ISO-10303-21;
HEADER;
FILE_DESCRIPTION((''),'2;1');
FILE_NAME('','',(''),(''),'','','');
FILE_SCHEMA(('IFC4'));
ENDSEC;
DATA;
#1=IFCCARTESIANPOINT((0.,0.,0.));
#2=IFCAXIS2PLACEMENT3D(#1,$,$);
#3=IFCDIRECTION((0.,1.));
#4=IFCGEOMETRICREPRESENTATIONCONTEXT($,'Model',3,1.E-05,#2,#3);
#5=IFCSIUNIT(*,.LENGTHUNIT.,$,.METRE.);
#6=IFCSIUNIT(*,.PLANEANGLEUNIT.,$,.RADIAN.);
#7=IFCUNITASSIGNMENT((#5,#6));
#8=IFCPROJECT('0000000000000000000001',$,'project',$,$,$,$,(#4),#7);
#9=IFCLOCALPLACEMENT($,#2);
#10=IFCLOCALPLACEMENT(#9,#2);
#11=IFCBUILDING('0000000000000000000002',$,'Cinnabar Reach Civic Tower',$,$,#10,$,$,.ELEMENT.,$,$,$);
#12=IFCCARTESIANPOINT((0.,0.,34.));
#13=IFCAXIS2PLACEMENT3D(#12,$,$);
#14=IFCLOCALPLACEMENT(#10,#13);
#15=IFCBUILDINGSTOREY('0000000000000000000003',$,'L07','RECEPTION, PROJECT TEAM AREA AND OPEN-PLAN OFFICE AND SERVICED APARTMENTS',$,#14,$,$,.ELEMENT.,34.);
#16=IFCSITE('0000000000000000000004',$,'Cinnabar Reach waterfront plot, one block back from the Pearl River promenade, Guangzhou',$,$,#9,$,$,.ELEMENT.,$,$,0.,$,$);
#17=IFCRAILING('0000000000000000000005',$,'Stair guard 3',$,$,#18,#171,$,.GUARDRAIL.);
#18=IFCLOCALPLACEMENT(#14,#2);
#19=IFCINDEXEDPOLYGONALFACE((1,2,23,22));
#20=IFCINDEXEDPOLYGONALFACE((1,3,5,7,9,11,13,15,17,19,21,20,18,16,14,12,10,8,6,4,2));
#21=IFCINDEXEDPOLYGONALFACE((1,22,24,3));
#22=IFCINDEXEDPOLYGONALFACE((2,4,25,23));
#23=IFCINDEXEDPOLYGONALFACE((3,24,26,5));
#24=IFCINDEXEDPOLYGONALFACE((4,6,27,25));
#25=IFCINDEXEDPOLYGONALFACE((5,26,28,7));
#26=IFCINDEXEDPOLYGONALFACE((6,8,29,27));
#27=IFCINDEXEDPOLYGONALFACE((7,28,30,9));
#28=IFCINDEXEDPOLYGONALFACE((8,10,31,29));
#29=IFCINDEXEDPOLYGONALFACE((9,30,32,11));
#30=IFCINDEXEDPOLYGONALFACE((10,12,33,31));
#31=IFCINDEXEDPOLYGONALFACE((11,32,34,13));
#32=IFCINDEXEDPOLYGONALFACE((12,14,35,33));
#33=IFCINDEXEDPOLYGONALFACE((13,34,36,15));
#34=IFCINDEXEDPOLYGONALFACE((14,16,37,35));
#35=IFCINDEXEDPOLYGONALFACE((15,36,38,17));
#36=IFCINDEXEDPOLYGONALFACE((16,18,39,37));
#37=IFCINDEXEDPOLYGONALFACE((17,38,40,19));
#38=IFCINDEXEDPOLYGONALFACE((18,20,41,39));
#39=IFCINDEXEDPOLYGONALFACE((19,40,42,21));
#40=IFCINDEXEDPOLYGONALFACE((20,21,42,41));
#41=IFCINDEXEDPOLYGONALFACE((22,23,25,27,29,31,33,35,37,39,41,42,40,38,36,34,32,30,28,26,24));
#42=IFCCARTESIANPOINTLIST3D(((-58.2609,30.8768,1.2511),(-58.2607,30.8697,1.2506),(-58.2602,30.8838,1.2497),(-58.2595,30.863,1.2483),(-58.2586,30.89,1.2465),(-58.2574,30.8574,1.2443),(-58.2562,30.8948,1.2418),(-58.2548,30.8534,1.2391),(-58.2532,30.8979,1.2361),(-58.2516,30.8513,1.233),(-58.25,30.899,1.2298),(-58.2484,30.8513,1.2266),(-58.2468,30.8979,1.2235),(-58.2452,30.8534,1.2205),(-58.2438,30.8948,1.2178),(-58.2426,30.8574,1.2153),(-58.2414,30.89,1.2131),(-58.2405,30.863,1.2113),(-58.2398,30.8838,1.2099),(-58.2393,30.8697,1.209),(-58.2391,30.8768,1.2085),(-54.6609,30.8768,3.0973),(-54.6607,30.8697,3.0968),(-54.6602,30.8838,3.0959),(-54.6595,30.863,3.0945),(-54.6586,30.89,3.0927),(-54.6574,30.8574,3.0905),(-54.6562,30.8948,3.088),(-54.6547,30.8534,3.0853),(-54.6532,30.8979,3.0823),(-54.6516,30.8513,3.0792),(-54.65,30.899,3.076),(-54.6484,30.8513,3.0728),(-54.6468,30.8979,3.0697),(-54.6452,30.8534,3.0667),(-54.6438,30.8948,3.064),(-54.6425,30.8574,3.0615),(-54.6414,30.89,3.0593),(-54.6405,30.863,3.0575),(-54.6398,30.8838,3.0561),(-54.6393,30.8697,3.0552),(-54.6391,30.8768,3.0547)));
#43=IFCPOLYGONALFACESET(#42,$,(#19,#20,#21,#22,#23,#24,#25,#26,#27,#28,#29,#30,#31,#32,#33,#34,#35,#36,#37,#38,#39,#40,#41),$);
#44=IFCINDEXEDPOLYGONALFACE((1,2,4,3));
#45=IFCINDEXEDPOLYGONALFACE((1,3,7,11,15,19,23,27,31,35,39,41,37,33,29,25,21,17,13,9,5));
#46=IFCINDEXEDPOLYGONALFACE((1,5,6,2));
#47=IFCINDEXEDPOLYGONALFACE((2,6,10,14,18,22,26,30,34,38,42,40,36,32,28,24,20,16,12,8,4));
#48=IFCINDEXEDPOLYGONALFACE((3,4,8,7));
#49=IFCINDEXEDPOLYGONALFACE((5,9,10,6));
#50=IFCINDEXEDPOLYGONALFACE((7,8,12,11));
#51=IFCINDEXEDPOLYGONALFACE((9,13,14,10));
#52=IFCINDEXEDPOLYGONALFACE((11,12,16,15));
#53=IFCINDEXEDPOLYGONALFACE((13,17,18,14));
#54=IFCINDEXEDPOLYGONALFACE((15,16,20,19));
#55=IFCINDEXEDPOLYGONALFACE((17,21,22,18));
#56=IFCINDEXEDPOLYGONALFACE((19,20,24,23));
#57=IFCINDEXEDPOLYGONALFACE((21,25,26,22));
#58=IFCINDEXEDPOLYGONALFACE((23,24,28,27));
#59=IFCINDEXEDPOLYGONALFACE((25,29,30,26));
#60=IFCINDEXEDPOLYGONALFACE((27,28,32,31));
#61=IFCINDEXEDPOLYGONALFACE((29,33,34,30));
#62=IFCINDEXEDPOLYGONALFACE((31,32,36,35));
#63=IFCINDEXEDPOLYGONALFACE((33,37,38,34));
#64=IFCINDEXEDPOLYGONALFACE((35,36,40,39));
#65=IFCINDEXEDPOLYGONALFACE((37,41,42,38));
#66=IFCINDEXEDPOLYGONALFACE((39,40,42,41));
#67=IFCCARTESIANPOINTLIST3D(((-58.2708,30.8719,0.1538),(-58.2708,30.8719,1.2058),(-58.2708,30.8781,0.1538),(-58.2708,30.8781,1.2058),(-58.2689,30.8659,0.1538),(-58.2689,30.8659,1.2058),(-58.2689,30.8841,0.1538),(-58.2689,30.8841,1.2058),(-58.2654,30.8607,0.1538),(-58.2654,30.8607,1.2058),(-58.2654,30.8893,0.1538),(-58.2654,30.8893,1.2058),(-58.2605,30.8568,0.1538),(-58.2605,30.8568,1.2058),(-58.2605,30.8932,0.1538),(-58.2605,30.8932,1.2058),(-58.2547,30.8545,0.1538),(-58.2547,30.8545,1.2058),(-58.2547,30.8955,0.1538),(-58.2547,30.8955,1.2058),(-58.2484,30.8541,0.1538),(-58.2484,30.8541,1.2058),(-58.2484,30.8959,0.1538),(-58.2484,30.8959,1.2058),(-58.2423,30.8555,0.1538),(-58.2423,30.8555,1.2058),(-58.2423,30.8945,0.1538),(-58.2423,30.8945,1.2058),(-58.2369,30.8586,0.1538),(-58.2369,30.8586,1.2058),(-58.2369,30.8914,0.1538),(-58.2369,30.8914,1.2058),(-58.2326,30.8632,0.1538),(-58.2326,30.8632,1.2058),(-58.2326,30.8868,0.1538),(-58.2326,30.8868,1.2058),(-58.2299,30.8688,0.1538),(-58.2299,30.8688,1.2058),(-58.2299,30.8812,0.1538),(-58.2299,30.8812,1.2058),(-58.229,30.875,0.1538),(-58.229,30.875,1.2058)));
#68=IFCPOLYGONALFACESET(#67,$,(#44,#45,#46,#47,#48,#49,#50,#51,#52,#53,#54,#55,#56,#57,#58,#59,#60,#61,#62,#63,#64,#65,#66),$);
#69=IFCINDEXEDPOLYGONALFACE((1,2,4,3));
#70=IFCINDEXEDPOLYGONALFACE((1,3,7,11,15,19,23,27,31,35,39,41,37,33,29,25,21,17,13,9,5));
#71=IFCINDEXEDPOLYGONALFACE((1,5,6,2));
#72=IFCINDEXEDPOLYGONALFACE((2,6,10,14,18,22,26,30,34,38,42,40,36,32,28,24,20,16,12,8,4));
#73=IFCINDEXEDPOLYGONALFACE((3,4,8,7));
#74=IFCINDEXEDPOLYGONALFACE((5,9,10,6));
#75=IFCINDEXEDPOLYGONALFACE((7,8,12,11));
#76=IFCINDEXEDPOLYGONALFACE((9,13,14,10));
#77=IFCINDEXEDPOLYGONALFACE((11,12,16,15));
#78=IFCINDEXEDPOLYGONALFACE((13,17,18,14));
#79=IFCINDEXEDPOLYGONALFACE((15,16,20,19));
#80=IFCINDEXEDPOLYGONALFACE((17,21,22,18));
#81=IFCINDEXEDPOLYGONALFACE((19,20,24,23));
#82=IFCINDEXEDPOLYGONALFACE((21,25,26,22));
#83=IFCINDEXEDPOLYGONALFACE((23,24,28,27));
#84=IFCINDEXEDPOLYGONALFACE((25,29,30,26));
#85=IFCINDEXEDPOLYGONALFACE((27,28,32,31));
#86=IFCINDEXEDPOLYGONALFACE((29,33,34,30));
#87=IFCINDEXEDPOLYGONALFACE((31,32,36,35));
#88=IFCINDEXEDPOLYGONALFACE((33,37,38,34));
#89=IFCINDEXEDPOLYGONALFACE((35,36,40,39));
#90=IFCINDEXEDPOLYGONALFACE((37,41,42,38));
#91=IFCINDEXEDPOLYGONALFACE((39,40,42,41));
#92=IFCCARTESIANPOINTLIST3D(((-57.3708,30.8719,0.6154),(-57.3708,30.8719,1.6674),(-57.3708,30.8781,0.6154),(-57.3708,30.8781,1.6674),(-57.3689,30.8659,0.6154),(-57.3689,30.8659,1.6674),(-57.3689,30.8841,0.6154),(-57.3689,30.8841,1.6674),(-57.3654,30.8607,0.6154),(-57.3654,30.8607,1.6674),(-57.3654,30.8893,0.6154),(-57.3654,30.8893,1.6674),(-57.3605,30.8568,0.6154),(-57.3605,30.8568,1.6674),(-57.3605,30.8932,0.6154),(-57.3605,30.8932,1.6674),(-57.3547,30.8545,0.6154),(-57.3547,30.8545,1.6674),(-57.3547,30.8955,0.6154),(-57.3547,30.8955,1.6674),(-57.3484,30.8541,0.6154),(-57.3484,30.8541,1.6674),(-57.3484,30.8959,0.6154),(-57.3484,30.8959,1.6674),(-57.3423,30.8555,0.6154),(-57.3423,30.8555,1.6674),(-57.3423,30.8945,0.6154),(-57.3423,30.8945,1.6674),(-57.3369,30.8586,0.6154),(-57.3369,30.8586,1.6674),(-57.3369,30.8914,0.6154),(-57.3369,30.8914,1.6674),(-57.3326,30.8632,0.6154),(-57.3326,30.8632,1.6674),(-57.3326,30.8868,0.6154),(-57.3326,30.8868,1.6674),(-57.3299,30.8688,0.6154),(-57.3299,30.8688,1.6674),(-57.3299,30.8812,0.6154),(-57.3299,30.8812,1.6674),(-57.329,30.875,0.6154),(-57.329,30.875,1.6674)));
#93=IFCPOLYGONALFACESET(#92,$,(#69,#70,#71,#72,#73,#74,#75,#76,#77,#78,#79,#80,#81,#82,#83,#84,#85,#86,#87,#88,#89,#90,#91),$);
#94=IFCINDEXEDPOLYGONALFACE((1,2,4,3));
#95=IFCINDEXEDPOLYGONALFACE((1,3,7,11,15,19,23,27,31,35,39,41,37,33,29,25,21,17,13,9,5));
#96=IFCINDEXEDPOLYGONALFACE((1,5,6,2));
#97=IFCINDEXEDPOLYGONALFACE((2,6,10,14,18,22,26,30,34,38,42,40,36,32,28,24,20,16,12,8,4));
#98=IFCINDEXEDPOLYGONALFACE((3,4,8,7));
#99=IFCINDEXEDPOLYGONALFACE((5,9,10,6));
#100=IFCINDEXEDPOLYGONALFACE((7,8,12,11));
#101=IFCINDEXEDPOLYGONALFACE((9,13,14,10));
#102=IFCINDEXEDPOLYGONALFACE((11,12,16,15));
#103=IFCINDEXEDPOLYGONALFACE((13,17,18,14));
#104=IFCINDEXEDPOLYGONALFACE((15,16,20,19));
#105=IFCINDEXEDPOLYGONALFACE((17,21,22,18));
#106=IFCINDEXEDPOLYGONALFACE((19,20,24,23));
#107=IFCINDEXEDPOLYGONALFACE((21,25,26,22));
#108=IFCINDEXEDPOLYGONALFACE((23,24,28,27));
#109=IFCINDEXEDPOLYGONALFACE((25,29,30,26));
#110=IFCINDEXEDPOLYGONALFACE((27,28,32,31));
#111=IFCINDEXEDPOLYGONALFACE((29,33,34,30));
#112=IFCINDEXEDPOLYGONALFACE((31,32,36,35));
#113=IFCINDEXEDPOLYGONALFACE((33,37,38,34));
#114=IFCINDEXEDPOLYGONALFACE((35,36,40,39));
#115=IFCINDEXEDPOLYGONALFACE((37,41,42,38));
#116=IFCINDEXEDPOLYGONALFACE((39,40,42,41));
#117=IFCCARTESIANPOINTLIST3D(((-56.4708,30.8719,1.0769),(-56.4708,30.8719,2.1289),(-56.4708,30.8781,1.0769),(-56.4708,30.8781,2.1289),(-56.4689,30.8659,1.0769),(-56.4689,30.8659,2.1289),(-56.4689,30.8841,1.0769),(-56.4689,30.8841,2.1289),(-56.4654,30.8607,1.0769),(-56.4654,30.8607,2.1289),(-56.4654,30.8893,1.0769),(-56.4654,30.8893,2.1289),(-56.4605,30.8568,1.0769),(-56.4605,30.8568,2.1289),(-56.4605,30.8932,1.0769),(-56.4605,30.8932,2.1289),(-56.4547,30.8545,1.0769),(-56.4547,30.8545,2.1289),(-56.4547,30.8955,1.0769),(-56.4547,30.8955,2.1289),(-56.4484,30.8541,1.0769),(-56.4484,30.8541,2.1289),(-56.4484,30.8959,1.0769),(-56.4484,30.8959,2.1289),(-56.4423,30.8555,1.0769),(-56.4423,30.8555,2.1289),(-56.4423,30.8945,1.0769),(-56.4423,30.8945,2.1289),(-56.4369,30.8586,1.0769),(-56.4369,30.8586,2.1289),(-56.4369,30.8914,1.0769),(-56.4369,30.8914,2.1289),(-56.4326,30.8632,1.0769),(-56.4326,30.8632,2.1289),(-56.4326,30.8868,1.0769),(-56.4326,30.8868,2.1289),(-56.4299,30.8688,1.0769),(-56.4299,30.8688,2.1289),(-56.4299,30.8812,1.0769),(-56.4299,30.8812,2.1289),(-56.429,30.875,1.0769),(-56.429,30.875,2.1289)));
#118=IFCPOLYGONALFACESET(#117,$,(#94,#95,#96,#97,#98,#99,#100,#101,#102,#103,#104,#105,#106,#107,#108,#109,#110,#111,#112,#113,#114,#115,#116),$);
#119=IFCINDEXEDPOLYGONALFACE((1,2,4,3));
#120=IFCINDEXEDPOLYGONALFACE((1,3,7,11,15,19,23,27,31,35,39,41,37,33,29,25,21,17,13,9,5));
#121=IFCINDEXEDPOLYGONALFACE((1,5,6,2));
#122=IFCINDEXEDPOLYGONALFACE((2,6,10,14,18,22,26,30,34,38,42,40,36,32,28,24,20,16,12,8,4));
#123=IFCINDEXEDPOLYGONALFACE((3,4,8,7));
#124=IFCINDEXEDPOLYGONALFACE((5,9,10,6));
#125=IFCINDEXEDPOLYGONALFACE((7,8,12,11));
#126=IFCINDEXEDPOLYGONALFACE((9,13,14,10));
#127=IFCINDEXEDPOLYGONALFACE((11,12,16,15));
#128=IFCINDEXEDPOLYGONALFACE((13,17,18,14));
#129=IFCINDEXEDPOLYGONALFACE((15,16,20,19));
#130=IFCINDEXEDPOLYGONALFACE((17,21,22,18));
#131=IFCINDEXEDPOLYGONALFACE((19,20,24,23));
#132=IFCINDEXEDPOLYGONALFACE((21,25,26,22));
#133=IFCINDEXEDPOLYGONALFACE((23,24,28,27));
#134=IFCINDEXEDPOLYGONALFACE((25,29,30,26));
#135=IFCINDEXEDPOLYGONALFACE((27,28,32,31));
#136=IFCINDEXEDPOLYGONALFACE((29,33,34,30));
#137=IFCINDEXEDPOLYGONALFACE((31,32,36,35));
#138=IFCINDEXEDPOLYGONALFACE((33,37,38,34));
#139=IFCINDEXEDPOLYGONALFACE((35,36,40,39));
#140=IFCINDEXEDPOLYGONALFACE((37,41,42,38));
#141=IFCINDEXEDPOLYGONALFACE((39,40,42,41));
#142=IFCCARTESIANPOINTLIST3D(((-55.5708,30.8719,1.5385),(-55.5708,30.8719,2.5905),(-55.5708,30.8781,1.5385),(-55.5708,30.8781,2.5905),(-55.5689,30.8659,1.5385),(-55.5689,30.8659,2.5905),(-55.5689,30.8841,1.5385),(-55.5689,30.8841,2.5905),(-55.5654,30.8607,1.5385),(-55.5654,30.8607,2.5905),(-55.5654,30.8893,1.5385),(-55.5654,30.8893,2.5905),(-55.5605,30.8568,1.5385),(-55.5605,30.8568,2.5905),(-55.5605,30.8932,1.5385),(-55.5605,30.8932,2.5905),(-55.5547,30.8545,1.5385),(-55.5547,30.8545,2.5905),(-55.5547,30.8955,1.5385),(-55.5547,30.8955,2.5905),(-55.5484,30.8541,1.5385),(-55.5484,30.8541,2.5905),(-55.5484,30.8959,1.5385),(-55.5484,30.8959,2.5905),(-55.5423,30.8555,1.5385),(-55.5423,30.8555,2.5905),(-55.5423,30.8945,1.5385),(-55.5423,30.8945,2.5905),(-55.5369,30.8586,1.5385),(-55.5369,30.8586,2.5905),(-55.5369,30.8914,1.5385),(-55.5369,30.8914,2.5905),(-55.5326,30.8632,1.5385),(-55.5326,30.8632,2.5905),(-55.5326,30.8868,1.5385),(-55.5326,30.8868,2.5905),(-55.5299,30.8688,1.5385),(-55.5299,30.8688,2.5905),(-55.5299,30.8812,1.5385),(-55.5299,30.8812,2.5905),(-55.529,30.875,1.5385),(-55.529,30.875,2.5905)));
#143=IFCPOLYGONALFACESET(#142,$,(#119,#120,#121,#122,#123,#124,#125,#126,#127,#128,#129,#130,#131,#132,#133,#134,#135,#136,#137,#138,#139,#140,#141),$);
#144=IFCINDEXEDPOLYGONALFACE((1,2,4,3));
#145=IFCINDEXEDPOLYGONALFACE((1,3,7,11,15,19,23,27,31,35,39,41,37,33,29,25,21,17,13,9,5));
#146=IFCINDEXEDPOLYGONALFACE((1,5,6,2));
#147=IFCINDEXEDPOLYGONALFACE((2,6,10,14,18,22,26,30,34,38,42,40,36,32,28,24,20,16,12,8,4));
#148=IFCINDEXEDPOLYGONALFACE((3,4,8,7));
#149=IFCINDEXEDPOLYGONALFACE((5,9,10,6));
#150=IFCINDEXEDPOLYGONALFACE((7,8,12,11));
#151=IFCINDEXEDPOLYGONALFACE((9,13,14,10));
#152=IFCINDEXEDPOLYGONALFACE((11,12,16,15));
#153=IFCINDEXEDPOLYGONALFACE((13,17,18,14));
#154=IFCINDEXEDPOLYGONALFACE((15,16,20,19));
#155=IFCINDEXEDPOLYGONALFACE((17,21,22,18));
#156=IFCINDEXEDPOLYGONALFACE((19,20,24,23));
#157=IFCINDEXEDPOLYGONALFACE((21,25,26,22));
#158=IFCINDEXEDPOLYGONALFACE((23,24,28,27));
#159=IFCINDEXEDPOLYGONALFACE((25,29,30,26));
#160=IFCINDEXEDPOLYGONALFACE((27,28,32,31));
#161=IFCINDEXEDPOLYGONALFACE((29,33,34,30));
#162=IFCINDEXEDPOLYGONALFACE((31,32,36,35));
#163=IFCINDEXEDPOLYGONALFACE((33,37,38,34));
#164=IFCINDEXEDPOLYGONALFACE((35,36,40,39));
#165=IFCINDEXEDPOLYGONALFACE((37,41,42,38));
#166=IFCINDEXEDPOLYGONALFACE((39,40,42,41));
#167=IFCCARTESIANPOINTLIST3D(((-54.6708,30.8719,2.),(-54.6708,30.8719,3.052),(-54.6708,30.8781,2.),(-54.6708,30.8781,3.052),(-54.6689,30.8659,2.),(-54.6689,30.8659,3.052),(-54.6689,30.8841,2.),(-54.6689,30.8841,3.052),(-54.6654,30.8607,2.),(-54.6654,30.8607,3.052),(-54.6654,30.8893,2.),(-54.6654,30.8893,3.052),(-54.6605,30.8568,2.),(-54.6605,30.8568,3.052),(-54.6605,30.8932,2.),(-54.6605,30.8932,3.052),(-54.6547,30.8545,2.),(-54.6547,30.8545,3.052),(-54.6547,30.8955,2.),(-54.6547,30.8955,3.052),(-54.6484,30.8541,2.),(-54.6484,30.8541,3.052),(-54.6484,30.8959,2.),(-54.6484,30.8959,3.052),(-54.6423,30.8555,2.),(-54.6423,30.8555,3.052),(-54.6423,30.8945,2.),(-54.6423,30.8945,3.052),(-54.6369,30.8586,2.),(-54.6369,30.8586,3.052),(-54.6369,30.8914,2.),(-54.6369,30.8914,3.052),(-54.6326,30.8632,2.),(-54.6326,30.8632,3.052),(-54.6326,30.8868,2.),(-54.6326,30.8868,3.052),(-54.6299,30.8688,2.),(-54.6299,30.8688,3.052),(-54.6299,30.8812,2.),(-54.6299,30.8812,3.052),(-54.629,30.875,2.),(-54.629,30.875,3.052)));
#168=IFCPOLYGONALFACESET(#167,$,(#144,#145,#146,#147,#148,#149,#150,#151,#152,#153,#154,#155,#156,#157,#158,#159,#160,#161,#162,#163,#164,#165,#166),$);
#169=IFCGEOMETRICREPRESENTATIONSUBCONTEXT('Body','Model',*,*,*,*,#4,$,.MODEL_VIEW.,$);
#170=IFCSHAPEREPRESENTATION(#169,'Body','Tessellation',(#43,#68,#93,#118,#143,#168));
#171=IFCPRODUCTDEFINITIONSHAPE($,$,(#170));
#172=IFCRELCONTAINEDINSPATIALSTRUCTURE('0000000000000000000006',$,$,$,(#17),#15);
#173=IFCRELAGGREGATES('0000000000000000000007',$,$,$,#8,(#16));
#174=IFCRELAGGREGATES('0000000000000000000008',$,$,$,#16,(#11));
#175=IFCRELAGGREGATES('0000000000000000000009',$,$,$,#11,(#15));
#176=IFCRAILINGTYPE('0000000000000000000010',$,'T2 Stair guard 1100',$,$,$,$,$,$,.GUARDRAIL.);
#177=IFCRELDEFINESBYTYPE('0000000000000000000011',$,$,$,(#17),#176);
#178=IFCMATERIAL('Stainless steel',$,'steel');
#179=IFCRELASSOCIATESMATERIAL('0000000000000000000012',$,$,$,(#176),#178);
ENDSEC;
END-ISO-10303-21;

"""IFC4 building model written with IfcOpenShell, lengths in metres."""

from ifc_helpers import new_model, si_unit, direction, frame, origin, origin_2d, place, context, subcontext, project, spatial, circle, extrude, material, type_object, element, save


model = new_model("IFC4")

# Units and contexts
model_context = context("Model", 3, precision=1e-05, world=origin(), true_north=direction((0.0, 1.0)))
body_context = subcontext(model_context, "Body", "Model", "MODEL_VIEW")
ifc_project = project(units=[si_unit("LENGTHUNIT", "METRE"), si_unit("PLANEANGLEUNIT", "RADIAN")], contexts=[model_context])

# Site, building, storey
site_placement = place(None, origin())
site = spatial("IfcSite", under=ifc_project, at=site_placement, Name="Cinnabar Reach waterfront plot, one block back from the Pearl River promenade, Guangzhou", CompositionType="ELEMENT", RefElevation=0.0)
building_placement = place(site_placement, origin())
building = spatial("IfcBuilding", under=site, at=building_placement, Name="Cinnabar Reach Civic Tower", CompositionType="ELEMENT")
storey_placement = place(building_placement, frame((0.0, 0.0, 34.0)))
storey = spatial("IfcBuildingStorey", under=building, at=storey_placement, Name="L07", Description="RECEPTION, PROJECT TEAM AREA AND OPEN-PLAN OFFICE AND SERVICED APARTMENTS", CompositionType="ELEMENT", Elevation=34.0)

# Railing
ifc_material_1 = material(Name="Stainless steel", Category="steel")
railing_type = type_object("IfcRailingType", Name="T2 Stair guard 1100", PredefinedType="GUARDRAIL", material=ifc_material_1)
railing_1_placement = place(storey_placement, frame((-58.25, 30.875, 0.1538)))
element("IfcRailing", 1, at=railing_1_placement, inside=storey, type_object=railing_type, Name="Stair guard 3", PredefinedType="GUARDRAIL", context=body_context, shape_type="SweptSolid", body=[
    extrude(circle(Radius=0.024, at=origin_2d()), frame((0.0, 0.0, 1.076), z_axis=(0.889813, 0.0, 0.456326), x_axis=(0.0, 1.0, 0.0)), (0.0, 0.0, 1.0), 4.0458),
    extrude(circle(Radius=0.021, at=origin_2d()), origin(), (0.0, 0.0, 1.0), 1.052),
    extrude(circle(Radius=0.021, at=origin_2d()), frame((0.9, 0.0, 0.4616)), (0.0, 0.0, 1.0), 1.052),
    extrude(circle(Radius=0.021, at=origin_2d()), frame((1.8, 0.0, 0.9231)), (0.0, 0.0, 1.0), 1.052),
    extrude(circle(Radius=0.021, at=origin_2d()), frame((2.7, 0.0, 1.3847)), (0.0, 0.0, 1.0), 1.052),
    extrude(circle(Radius=0.021, at=origin_2d()), frame((3.6, 0.0, 1.8462)), (0.0, 0.0, 1.0), 1.052),
])

save(model, "model.ifc")
